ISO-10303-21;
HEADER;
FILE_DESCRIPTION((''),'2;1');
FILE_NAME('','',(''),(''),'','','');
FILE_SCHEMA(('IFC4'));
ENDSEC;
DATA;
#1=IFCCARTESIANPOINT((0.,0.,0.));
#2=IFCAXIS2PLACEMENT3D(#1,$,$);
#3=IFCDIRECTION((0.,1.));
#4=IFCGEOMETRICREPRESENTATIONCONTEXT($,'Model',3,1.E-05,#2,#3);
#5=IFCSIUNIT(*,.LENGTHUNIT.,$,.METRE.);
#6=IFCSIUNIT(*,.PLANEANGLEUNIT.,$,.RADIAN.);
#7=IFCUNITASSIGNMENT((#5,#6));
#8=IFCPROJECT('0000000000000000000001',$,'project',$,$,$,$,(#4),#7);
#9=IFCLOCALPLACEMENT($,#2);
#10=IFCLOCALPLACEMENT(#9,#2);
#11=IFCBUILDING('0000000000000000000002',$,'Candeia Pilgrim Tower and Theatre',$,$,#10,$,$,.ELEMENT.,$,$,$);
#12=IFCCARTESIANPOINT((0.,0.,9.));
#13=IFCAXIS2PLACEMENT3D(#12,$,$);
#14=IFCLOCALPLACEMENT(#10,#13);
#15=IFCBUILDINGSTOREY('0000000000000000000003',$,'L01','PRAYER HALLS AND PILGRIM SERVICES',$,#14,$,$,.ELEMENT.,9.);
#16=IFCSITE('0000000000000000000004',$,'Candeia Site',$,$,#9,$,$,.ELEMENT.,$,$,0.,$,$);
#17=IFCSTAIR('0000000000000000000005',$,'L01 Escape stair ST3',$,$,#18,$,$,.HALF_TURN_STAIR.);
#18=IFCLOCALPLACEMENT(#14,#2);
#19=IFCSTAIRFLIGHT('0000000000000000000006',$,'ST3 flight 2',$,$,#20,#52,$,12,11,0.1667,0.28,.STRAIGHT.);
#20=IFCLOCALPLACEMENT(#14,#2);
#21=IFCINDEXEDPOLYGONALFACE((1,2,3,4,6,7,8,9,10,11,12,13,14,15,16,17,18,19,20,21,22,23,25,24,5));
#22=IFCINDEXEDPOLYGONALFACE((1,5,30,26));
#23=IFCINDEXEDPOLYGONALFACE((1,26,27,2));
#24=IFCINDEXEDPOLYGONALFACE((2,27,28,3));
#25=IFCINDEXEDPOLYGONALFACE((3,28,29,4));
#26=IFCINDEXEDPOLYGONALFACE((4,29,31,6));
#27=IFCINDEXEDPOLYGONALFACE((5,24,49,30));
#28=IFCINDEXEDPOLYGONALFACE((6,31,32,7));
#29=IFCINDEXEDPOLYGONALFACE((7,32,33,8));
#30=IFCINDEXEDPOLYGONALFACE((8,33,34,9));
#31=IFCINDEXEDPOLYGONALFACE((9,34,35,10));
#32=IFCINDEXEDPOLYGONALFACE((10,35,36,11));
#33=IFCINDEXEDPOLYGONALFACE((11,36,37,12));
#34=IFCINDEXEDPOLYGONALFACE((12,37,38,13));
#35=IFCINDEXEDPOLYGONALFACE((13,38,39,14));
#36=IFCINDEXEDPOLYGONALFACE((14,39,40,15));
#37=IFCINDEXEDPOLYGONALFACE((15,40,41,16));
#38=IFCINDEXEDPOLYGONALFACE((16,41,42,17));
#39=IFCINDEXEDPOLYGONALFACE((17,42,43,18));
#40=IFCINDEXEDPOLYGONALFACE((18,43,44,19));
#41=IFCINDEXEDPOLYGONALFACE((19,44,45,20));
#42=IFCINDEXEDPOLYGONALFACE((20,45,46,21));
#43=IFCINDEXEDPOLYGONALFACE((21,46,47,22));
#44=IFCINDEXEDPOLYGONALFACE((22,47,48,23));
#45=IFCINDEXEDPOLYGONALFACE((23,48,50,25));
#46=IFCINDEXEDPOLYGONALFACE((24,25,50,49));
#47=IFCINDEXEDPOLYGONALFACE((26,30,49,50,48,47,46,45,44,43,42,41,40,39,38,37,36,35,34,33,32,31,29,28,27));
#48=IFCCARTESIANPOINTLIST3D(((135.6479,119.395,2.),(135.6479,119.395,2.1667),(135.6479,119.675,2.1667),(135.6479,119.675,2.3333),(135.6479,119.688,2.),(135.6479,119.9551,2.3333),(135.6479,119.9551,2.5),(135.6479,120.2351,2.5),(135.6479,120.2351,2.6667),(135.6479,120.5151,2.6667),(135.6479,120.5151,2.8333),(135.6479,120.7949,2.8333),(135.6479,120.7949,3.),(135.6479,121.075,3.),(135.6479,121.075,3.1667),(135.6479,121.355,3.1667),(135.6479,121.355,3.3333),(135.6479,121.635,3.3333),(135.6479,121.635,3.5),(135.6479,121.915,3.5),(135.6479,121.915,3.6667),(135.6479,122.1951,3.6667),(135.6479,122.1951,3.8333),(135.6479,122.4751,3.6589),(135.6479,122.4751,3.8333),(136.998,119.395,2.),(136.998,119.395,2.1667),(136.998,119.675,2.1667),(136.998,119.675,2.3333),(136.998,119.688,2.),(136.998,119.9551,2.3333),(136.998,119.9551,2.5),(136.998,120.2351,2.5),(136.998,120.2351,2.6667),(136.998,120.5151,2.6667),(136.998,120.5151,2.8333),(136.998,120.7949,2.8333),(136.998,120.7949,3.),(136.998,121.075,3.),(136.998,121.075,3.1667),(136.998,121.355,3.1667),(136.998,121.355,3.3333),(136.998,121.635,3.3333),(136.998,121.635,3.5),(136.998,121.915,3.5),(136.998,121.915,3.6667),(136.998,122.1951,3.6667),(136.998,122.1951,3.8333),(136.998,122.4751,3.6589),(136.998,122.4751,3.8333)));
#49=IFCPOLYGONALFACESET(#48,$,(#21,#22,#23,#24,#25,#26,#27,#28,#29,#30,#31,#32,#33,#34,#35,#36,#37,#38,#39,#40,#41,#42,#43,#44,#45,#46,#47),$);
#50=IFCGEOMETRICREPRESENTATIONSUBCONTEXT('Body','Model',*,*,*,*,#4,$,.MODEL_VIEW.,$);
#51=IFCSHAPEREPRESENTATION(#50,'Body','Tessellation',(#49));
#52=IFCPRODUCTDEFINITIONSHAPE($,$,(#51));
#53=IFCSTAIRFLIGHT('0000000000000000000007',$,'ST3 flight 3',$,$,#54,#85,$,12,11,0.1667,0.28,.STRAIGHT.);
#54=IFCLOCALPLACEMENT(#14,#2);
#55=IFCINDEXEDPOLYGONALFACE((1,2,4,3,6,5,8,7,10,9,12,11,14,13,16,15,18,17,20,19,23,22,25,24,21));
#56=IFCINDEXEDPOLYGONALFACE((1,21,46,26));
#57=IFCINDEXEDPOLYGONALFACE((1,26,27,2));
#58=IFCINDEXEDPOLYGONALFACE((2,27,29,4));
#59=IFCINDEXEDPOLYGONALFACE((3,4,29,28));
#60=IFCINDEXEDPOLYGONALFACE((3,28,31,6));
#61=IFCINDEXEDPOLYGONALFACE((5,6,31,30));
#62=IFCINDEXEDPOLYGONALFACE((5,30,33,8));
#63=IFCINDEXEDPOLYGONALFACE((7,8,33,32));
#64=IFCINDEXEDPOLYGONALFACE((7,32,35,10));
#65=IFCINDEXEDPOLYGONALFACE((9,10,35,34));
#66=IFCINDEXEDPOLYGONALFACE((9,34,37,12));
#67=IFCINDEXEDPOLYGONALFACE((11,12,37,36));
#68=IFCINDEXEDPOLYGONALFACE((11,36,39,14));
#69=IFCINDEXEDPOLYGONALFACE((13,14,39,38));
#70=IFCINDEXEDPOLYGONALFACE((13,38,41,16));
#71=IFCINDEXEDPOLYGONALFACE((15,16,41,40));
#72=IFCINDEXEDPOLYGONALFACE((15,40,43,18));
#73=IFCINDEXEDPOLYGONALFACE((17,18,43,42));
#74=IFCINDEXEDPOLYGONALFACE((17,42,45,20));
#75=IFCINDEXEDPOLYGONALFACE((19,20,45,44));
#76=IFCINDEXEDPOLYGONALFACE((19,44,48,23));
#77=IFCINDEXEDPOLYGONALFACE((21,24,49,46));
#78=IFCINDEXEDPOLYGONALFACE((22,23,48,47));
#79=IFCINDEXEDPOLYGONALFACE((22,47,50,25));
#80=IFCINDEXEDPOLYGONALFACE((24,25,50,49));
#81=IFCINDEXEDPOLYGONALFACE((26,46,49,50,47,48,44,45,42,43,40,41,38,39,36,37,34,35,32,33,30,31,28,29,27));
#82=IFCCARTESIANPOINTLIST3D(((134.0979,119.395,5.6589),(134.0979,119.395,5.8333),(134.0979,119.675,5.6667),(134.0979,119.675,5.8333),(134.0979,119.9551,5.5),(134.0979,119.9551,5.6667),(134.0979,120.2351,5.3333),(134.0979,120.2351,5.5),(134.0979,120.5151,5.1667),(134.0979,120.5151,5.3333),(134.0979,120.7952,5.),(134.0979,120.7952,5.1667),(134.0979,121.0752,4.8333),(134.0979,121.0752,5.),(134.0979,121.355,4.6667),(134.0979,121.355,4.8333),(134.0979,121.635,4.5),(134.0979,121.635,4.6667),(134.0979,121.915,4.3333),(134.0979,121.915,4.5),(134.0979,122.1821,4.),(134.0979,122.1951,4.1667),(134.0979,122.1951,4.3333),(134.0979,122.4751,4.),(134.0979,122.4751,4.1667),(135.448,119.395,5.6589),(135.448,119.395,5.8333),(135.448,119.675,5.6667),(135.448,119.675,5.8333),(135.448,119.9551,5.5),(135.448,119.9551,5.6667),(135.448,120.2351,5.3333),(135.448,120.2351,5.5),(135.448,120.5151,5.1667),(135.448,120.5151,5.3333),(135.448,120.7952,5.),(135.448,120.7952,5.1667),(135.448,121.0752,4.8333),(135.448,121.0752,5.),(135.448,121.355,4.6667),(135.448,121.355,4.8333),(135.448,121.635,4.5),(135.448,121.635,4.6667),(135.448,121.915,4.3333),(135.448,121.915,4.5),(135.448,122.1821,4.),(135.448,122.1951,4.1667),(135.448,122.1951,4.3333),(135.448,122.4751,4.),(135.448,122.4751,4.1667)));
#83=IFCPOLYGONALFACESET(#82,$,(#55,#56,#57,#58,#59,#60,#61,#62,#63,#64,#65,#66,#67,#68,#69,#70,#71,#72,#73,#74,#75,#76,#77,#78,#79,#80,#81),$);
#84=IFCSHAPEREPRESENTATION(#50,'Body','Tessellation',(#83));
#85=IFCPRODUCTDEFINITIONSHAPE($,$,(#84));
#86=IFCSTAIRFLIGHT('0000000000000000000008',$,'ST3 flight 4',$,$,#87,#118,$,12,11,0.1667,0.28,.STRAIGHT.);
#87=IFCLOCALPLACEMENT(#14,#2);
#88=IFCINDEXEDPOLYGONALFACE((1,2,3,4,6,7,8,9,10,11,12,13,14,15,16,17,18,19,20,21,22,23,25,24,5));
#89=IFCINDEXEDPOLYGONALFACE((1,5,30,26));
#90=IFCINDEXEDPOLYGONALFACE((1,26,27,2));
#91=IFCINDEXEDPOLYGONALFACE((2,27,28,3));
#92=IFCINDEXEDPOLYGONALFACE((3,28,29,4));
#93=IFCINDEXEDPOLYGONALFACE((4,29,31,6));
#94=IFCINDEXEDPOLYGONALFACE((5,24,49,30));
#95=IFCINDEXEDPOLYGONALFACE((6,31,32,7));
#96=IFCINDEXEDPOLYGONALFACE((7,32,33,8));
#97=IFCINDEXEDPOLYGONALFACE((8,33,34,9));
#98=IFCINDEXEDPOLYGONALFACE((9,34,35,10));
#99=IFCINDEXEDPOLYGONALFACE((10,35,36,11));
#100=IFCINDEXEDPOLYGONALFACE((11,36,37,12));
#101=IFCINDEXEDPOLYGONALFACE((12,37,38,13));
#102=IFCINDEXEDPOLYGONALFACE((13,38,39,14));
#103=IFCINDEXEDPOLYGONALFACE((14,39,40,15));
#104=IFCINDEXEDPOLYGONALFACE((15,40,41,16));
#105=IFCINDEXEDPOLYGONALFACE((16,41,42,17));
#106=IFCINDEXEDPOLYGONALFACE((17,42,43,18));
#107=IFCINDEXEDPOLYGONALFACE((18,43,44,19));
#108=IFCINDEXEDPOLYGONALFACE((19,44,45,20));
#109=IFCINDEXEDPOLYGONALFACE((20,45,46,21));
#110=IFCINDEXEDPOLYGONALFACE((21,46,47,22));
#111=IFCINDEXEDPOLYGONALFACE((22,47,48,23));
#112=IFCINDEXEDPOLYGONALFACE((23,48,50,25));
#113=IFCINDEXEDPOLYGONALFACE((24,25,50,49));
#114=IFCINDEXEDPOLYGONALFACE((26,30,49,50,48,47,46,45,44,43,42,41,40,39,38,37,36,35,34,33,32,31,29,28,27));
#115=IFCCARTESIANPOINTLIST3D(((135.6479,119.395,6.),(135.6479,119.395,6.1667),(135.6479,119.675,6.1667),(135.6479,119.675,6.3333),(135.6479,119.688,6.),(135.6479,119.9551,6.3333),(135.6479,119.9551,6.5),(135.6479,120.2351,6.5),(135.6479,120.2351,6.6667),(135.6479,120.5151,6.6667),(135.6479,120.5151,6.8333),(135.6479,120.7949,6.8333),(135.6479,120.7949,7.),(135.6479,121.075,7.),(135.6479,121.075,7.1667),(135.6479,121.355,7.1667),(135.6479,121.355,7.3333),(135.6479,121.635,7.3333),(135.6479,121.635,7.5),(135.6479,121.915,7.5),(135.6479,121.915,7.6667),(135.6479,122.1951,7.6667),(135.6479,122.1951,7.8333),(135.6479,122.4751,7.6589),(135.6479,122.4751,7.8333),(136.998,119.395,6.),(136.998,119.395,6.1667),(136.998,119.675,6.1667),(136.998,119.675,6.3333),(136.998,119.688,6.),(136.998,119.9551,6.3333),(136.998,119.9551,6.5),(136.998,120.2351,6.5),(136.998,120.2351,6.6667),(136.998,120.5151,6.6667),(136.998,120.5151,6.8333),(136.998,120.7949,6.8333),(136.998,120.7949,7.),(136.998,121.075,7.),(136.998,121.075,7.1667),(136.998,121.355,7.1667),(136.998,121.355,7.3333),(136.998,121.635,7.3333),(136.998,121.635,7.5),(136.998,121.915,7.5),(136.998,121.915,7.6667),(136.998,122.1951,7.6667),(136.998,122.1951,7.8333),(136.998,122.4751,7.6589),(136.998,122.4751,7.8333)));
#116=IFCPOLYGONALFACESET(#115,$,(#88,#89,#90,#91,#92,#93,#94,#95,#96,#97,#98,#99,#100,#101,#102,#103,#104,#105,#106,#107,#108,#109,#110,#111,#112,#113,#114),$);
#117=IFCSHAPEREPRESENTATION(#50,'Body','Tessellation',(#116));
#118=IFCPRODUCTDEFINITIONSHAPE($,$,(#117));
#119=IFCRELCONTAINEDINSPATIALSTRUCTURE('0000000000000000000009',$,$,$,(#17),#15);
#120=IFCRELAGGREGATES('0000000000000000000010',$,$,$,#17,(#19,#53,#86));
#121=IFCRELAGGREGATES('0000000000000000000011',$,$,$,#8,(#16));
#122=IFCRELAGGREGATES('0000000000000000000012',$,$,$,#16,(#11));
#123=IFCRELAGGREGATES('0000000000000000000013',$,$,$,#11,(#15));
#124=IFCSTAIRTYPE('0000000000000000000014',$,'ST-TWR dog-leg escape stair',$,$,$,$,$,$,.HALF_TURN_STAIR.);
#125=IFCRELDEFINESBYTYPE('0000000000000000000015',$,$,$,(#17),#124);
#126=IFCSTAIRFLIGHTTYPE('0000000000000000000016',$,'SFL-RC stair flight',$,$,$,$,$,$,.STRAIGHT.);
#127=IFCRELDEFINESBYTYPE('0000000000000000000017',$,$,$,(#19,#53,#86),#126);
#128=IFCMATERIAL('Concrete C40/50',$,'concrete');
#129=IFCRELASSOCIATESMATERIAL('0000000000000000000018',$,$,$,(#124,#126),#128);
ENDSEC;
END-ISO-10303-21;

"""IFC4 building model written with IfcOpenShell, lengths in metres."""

from ifc_helpers import new_model, si_unit, direction, frame, origin, place, context, subcontext, project, spatial, polyline, outline, extrude, material, type_object, element, aggregate, save


model = new_model("IFC4")

# Units and contexts
model_context = context("Model", 3, precision=1e-05, world=origin(), true_north=direction((0.0, 1.0)))
body_context = subcontext(model_context, "Body", "Model", "MODEL_VIEW")
ifc_project = project(units=[si_unit("LENGTHUNIT", "METRE"), si_unit("PLANEANGLEUNIT", "RADIAN")], contexts=[model_context])

# Site, building, storey
site_placement = place(None, origin())
site = spatial("IfcSite", under=ifc_project, at=site_placement, Name="Candeia Site", CompositionType="ELEMENT", RefElevation=0.0)
building_placement = place(site_placement, origin())
building = spatial("IfcBuilding", under=site, at=building_placement, Name="Candeia Pilgrim Tower and Theatre", CompositionType="ELEMENT")
storey_placement = place(building_placement, frame((0.0, 0.0, 9.0)))
storey = spatial("IfcBuildingStorey", under=building, at=storey_placement, Name="L01", Description="PRAYER HALLS AND PILGRIM SERVICES", CompositionType="ELEMENT", Elevation=9.0)

# Shared definitions
ifc_material_1 = material(Name="Concrete C40/50", Category="concrete")

# Stair, stair flights
stair_type = type_object("IfcStairType", Name="ST-TWR dog-leg escape stair", PredefinedType="HALF_TURN_STAIR", material=ifc_material_1)
stair_placement = place(storey_placement, origin())
stair = element("IfcStair", 1, at=stair_placement, inside=storey, type_object=stair_type, Name="L01 Escape stair ST3", PredefinedType="HALF_TURN_STAIR")
stair_flight_type = type_object("IfcStairFlightType", Name="SFL-RC stair flight", PredefinedType="STRAIGHT", material=ifc_material_1)
stair_flight_1_placement = place(storey_placement, frame((136.323, 119.395, 2.0), z_axis=(0.0, 0.0, 1.0), x_axis=(0.0, 1.0, 0.0)))
stair_flight_1 = element("IfcStairFlight", 2, at=stair_flight_1_placement, type_object=stair_flight_type, Name="ST3 flight 2", NumberOfRisers=12, NumberOfTreads=11, PredefinedType="STRAIGHT", RiserHeight=0.1667, TreadLength=0.28, context=body_context, shape_type="SweptSolid", body=[
    extrude(outline(polyline([(0.0, 0.0), (0.0, 0.1667), (0.28, 0.1667), (0.28, 0.3333), (0.5601, 0.3333), (0.5601, 0.5), (0.8401, 0.5), (0.8401, 0.6667), (1.1201, 0.6667), (1.1201, 0.8333), (1.3999, 0.8333), (1.3999, 1.0), (1.6799, 1.0), (1.6799, 1.1667), (1.96, 1.1667), (1.96, 1.3333), (2.24, 1.3333), (2.24, 1.5), (2.52, 1.5), (2.52, 1.6667), (2.8, 1.6667), (2.8, 1.8333), (3.0801, 1.8333), (3.0801, 2.0), (3.0801, 1.6589), (0.293, 0.0), (0.0, 0.0)])), frame((0.0, 0.675, 0.0), z_axis=(0.0, -1.0, 0.0), x_axis=(1.0, 0.0, 0.0)), (0.0, 0.0, 1.0), 1.3501),
])
stair_flight_2_placement = place(storey_placement, frame((134.7729, 122.4751, 4.0), z_axis=(0.0, 0.0, 1.0), x_axis=(0.0, -1.0, 0.0)))
stair_flight_2 = element("IfcStairFlight", 3, at=stair_flight_2_placement, type_object=stair_flight_type, Name="ST3 flight 3", NumberOfRisers=12, NumberOfTreads=11, PredefinedType="STRAIGHT", RiserHeight=0.1667, TreadLength=0.28, context=body_context, shape_type="SweptSolid", body=[
    extrude(outline(polyline([(0.0, 0.0), (0.0, 0.1667), (0.28, 0.1667), (0.28, 0.3333), (0.5601, 0.3333), (0.5601, 0.5), (0.8401, 0.5), (0.8401, 0.6667), (1.1201, 0.6667), (1.1201, 0.8333), (1.3999, 0.8333), (1.3999, 1.0), (1.6799, 1.0), (1.6799, 1.1667), (1.96, 1.1667), (1.96, 1.3333), (2.24, 1.3333), (2.24, 1.5), (2.52, 1.5), (2.52, 1.6667), (2.8, 1.6667), (2.8, 1.8333), (3.0801, 1.8333), (3.0801, 2.0), (3.0801, 1.6589), (0.293, 0.0), (0.0, 0.0)])), frame((0.0, 0.675, 0.0), z_axis=(0.0, -1.0, 0.0), x_axis=(1.0, 0.0, 0.0)), (0.0, 0.0, 1.0), 1.3501),
])
stair_flight_3_placement = place(storey_placement, frame((136.323, 119.395, 6.0), z_axis=(0.0, 0.0, 1.0), x_axis=(0.0, 1.0, 0.0)))
stair_flight_3 = element("IfcStairFlight", 4, at=stair_flight_3_placement, type_object=stair_flight_type, Name="ST3 flight 4", NumberOfRisers=12, NumberOfTreads=11, PredefinedType="STRAIGHT", RiserHeight=0.1667, TreadLength=0.28, context=body_context, shape_type="SweptSolid", body=[
    extrude(outline(polyline([(0.0, 0.0), (0.0, 0.1667), (0.28, 0.1667), (0.28, 0.3333), (0.5601, 0.3333), (0.5601, 0.5), (0.8401, 0.5), (0.8401, 0.6667), (1.1201, 0.6667), (1.1201, 0.8333), (1.3999, 0.8333), (1.3999, 1.0), (1.6799, 1.0), (1.6799, 1.1667), (1.96, 1.1667), (1.96, 1.3333), (2.24, 1.3333), (2.24, 1.5), (2.52, 1.5), (2.52, 1.6667), (2.8, 1.6667), (2.8, 1.8333), (3.0801, 1.8333), (3.0801, 2.0), (3.0801, 1.6589), (0.293, 0.0), (0.0, 0.0)])), frame((0.0, 0.675, 0.0), z_axis=(0.0, -1.0, 0.0), x_axis=(1.0, 0.0, 0.0)), (0.0, 0.0, 1.0), 1.3501),
])
aggregate(stair, [stair_flight_1, stair_flight_2, stair_flight_3])

save(model, "model.ifc")
